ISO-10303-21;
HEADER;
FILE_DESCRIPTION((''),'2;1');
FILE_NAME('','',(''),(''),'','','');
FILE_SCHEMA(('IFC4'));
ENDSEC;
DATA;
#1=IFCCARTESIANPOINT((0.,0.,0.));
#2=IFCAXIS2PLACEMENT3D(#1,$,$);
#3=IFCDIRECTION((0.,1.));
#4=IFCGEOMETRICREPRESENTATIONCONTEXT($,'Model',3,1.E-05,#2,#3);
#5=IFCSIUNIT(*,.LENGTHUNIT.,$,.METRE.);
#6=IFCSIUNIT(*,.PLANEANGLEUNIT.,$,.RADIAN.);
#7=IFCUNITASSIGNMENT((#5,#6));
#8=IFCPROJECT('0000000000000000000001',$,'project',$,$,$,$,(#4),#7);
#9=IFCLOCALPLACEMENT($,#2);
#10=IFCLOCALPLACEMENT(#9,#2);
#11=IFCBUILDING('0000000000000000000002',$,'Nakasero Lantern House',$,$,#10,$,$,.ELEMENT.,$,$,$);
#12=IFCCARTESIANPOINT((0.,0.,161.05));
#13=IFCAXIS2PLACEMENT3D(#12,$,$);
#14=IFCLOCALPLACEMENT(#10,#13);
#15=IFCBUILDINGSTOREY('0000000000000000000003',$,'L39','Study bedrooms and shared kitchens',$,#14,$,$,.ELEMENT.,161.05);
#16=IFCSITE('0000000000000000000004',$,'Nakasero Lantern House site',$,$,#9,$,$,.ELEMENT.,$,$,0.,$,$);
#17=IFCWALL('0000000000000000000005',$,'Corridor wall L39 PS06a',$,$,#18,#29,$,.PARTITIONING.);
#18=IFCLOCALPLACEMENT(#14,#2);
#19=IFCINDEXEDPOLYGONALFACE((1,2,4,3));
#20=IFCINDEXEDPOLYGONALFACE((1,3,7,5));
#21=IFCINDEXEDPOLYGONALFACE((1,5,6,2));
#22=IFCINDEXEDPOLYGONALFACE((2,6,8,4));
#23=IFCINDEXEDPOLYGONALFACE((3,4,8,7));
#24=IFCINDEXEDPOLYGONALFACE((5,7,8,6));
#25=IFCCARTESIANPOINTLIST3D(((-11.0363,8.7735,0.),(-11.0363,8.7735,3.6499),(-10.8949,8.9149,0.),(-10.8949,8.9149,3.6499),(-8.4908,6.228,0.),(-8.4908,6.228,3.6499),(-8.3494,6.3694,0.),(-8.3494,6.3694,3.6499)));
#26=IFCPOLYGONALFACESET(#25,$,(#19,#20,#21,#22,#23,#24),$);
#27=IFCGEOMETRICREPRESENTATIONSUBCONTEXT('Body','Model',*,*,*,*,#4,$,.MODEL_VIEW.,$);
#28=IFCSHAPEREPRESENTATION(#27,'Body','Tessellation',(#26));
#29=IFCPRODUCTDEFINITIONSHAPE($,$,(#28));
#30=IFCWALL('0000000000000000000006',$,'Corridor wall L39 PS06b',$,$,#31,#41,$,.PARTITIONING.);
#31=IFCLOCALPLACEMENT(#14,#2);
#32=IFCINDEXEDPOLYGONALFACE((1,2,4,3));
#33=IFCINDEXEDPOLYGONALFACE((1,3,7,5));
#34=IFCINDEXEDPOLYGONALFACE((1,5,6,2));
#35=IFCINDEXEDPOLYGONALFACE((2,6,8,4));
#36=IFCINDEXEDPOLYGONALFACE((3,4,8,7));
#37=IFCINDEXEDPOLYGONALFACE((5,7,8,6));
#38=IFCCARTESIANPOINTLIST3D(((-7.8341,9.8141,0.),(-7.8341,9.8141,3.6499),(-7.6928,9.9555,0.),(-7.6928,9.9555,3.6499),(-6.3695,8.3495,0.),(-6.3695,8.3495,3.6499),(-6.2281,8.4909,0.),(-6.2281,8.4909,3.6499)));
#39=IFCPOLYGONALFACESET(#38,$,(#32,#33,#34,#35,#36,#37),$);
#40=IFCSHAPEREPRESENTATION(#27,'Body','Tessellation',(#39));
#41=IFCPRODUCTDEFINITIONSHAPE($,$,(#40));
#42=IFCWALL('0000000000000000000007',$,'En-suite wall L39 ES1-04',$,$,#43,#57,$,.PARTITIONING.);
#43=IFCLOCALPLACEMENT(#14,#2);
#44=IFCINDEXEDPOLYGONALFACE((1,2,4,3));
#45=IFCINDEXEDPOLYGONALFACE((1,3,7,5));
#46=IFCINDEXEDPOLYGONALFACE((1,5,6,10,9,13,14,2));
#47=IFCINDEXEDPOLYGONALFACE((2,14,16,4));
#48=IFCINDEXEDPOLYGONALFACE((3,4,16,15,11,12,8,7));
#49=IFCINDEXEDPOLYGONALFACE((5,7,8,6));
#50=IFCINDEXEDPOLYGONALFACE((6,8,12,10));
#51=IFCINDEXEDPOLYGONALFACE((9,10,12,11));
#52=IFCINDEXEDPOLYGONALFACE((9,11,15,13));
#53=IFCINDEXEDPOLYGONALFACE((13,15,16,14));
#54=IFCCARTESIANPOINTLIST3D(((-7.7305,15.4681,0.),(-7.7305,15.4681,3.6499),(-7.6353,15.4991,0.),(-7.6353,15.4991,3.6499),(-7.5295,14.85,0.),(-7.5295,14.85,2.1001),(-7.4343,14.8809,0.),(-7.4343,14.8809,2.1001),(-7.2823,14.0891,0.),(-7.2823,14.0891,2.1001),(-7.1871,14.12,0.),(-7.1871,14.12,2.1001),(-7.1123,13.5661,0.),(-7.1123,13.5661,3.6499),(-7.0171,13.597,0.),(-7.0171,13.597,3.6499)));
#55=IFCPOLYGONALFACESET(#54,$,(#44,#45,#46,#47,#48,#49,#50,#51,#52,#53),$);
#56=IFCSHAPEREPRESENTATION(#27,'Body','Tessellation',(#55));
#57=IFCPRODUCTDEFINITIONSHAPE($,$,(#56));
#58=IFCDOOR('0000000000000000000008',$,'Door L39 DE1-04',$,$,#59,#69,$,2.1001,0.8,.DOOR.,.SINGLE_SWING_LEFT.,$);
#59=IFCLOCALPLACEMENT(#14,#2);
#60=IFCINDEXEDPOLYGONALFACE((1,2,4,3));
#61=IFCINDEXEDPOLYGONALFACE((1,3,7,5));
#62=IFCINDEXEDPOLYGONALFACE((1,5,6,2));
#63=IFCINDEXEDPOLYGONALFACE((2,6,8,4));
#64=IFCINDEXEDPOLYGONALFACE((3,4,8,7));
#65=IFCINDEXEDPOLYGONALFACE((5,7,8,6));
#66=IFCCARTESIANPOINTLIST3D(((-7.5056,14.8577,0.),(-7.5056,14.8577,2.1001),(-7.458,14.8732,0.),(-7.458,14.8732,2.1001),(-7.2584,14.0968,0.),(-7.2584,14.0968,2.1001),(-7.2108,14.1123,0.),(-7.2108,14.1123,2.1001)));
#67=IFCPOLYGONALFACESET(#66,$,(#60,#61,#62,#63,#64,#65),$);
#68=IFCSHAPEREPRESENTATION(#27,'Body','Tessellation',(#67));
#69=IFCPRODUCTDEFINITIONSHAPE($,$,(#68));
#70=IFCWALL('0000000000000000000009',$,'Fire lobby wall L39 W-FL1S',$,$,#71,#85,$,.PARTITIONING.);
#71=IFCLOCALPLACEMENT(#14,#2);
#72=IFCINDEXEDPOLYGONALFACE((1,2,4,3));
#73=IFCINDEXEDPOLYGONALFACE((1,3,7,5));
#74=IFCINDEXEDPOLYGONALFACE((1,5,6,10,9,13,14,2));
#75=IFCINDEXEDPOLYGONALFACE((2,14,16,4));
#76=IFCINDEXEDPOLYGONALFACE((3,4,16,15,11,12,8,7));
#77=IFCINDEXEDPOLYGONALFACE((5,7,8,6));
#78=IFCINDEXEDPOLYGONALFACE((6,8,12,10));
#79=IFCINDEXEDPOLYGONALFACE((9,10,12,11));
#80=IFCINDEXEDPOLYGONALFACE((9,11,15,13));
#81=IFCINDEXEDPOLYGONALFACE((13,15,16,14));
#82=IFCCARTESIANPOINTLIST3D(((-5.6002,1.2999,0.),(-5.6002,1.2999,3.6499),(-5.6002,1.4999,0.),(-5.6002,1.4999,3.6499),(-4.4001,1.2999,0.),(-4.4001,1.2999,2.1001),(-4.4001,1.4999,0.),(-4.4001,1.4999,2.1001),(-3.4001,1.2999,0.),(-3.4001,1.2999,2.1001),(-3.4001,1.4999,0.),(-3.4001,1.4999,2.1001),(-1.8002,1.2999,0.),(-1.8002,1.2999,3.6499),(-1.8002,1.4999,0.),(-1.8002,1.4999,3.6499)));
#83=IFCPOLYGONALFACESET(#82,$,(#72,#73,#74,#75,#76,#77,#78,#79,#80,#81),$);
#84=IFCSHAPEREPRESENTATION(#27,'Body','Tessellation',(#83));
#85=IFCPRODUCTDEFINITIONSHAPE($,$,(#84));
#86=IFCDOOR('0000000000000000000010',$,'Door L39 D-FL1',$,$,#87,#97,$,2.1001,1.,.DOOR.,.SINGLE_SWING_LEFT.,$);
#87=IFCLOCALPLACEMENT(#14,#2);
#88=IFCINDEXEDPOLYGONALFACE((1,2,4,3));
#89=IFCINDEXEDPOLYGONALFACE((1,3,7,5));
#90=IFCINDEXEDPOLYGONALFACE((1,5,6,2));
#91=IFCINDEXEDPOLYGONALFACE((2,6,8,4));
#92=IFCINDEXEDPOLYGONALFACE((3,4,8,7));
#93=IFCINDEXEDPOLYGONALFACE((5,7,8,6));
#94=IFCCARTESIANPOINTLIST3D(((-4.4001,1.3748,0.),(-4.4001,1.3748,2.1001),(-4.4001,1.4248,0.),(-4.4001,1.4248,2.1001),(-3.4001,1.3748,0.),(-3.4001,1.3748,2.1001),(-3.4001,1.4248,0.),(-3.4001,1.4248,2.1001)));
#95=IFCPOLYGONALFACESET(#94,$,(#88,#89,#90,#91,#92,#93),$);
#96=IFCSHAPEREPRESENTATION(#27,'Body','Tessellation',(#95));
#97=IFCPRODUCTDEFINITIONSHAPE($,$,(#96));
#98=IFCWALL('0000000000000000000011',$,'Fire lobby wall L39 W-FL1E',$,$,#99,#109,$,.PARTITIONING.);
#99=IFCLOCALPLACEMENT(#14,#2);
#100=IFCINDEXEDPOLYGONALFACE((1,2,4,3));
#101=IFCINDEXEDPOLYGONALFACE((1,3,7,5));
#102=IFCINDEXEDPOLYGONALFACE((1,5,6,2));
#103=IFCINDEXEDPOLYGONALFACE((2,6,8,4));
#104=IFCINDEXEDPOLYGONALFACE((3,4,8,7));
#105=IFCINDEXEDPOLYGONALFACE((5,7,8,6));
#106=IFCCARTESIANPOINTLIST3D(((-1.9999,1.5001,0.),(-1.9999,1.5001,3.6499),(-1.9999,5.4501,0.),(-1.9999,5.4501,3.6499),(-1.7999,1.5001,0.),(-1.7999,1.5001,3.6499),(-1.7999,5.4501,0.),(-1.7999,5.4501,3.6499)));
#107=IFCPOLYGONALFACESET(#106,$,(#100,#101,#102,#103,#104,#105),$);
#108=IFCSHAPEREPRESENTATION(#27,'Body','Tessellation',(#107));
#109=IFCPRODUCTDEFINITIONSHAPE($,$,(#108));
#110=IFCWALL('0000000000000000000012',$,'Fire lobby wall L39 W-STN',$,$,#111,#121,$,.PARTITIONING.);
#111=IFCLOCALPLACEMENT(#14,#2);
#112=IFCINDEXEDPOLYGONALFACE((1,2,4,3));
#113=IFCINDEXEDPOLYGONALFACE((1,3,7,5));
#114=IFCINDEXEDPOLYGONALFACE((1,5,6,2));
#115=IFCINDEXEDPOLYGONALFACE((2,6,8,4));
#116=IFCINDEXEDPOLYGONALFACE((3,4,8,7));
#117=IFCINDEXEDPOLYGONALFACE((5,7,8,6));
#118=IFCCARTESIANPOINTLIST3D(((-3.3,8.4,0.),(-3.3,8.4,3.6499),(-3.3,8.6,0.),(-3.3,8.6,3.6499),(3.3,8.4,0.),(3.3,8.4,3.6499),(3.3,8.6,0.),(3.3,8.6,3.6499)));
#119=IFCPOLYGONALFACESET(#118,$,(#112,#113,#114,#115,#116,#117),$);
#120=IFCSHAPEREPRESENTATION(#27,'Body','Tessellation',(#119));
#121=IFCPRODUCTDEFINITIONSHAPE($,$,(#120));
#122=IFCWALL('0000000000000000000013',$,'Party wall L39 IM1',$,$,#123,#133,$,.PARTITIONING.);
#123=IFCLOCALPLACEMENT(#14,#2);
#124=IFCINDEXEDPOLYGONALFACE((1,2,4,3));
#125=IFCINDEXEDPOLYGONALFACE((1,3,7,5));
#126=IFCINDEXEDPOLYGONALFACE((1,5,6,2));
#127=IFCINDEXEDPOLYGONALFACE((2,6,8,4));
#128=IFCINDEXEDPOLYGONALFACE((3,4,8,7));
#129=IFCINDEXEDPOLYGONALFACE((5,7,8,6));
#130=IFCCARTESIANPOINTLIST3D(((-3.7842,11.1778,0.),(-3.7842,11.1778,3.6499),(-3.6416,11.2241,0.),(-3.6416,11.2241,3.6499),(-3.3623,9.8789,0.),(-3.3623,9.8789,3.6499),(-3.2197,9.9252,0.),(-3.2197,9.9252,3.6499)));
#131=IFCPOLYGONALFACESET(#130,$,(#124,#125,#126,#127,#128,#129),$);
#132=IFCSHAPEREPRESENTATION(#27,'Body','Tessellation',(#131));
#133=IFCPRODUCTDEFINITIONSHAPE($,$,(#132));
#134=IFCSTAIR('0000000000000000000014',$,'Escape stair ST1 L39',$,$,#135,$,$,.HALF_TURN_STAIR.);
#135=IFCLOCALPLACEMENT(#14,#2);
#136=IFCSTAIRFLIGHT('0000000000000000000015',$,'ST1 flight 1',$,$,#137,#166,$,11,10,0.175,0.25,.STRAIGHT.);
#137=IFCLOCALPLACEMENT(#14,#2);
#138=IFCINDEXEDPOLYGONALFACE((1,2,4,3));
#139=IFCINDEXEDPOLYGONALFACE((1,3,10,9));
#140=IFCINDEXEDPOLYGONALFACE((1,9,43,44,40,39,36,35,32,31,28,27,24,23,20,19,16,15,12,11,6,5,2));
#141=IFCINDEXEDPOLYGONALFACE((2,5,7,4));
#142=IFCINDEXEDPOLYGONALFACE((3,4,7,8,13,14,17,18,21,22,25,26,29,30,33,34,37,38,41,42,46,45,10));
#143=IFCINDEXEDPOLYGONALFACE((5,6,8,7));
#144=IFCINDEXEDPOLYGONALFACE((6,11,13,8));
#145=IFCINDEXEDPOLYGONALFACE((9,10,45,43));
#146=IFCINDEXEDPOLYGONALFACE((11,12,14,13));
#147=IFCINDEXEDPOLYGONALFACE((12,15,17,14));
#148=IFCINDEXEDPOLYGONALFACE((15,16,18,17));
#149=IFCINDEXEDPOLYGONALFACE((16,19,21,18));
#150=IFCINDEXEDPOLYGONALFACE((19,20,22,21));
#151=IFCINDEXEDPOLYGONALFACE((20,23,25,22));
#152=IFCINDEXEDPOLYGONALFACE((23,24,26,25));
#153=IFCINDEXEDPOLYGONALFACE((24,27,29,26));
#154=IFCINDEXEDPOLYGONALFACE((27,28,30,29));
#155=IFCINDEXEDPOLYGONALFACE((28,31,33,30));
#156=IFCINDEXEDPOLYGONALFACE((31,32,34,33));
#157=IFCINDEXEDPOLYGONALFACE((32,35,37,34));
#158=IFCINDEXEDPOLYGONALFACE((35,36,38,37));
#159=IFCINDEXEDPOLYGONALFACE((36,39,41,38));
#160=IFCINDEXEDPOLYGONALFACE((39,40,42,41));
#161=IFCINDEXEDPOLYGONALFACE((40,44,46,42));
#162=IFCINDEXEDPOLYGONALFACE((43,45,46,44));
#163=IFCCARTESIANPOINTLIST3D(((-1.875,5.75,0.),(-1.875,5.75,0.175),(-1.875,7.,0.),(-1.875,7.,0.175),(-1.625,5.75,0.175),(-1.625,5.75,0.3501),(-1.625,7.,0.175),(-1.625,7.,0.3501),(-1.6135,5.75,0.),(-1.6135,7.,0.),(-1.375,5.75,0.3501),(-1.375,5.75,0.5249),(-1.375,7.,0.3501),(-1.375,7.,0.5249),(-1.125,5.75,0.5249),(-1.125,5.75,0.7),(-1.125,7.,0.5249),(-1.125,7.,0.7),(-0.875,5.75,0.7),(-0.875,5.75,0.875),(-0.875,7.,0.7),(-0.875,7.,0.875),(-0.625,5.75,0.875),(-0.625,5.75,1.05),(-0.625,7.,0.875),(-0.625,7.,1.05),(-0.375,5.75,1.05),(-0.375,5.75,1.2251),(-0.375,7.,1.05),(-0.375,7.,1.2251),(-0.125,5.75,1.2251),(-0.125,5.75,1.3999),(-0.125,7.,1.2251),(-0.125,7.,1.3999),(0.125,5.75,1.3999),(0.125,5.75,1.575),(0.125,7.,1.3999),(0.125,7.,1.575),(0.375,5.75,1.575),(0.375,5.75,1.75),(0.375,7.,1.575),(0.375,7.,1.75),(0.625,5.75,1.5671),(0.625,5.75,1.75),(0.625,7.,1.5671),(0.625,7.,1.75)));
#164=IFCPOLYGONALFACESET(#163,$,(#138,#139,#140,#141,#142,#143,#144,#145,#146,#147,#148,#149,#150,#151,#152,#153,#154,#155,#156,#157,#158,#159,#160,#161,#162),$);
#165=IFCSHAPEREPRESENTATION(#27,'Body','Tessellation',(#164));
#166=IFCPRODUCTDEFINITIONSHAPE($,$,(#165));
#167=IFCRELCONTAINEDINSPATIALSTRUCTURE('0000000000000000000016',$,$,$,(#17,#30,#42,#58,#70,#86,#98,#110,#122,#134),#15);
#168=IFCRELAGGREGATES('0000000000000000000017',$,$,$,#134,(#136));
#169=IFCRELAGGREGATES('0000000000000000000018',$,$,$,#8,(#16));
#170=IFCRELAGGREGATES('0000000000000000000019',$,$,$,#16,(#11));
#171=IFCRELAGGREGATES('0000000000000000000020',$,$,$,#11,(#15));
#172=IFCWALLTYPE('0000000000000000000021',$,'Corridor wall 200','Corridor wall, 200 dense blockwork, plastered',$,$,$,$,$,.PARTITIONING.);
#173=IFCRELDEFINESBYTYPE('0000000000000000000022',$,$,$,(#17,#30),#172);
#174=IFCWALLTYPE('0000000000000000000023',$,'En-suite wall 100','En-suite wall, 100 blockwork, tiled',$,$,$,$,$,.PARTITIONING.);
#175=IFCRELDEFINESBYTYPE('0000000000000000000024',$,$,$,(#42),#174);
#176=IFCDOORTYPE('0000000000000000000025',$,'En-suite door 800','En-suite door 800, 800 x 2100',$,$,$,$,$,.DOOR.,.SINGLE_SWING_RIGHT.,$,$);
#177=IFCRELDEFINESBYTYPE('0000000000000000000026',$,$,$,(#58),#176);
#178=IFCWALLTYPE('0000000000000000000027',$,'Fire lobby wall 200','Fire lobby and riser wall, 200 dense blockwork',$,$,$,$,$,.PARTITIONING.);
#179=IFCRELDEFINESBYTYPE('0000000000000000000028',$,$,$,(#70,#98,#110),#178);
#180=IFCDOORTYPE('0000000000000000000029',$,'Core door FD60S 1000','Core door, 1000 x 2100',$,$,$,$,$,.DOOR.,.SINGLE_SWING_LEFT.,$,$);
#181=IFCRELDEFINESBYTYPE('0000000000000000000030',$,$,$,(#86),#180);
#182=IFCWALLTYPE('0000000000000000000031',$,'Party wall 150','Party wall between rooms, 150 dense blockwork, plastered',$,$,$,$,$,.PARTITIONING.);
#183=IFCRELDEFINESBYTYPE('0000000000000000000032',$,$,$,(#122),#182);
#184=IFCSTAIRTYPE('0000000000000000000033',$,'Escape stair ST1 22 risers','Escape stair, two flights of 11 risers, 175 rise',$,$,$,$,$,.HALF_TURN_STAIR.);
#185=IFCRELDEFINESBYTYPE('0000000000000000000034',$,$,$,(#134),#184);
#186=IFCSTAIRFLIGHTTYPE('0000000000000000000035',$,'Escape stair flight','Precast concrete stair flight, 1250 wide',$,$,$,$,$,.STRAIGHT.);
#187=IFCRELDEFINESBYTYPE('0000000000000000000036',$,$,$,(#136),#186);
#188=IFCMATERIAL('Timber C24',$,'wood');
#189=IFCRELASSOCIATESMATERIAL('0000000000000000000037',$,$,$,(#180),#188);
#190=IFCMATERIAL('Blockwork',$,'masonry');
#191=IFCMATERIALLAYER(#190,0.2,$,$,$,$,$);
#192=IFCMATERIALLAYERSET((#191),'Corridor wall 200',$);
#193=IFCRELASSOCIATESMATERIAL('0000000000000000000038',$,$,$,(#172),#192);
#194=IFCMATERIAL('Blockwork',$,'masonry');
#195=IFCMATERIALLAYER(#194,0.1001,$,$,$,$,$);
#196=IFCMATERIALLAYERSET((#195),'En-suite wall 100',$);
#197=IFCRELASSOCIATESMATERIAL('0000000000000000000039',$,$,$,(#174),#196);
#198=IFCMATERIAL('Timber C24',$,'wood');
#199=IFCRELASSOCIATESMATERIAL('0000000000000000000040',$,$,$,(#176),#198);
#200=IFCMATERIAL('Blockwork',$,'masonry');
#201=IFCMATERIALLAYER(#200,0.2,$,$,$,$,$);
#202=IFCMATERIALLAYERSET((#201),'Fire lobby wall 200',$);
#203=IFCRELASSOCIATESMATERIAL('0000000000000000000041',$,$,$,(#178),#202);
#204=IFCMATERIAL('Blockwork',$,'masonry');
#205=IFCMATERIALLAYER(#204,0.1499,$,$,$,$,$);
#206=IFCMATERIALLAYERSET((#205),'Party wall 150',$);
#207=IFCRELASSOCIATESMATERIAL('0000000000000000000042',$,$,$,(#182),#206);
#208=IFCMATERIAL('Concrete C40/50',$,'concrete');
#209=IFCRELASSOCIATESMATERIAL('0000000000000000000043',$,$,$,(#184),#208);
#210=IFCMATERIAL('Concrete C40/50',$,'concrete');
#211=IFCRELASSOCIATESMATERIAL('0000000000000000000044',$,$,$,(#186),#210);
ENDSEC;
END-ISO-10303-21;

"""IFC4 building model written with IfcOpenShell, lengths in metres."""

from ifc_helpers import new_model, si_unit, direction, frame, frame_2d, origin, place, context, subcontext, project, spatial, polyline, rectangle, outline, extrude, material, layer, layer_set, type_object, element, fill, aggregate, save


model = new_model("IFC4")

# Units and contexts
model_context = context("Model", 3, precision=1e-05, world=origin(), true_north=direction((0.0, 1.0)))
body_context = subcontext(model_context, "Body", "Model", "MODEL_VIEW")
ifc_project = project(units=[si_unit("LENGTHUNIT", "METRE"), si_unit("PLANEANGLEUNIT", "RADIAN")], contexts=[model_context])

# Site, building, storey
site_placement = place(None, origin())
site = spatial("IfcSite", under=ifc_project, at=site_placement, Name="Nakasero Lantern House site", CompositionType="ELEMENT", RefElevation=0.0)
building_placement = place(site_placement, origin())
building = spatial("IfcBuilding", under=site, at=building_placement, Name="Nakasero Lantern House", CompositionType="ELEMENT")
storey_placement = place(building_placement, frame((0.0, 0.0, 161.05)))
storey = spatial("IfcBuildingStorey", under=building, at=storey_placement, Name="L39", Description="Study bedrooms and shared kitchens", CompositionType="ELEMENT", Elevation=161.05)

# Shared definitions
ifc_material_1 = material(Name="Timber C24", Category="wood")
door_type_1 = type_object("IfcDoorType", Name="Core door FD60S 1000", Description="Core door, 1000 x 2100", OperationType="SINGLE_SWING_LEFT", PredefinedType="DOOR", material=ifc_material_1)

# Walls
ifc_material_2 = material(Name="Blockwork", Category="masonry")
ifc_layer_1 = layer(ifc_material_2, 0.2)
ifc_layer_set_1 = layer_set([ifc_layer_1], Name="Corridor wall 200")
wall_type_1 = type_object("IfcWallType", Name="Corridor wall 200", Description="Corridor wall, 200 dense blockwork, plastered", PredefinedType="PARTITIONING", material=ifc_layer_set_1)
wall_1_placement = place(storey_placement, frame((-8.4202, 6.2988, 0.0), z_axis=(0.0, 0.0, 1.0), x_axis=(-0.707107, 0.707107, 0.0)))
element("IfcWall", 1, at=wall_1_placement, inside=storey, type_object=wall_type_1, Name="Corridor wall L39 PS06a", PredefinedType="PARTITIONING", context=body_context, shape_type="SweptSolid", body=[
    extrude(rectangle(XDim=3.5999, YDim=0.2, at=frame_2d((1.7998, 0.0))), origin(), (0.0, 0.0, 1.0), 3.6499),
])
wall_2_placement = place(storey_placement, frame((-6.2988, 8.4202, 0.0), z_axis=(0.0, 0.0, 1.0), x_axis=(-0.707107, 0.707107, 0.0)))
element("IfcWall", 2, at=wall_2_placement, inside=storey, type_object=wall_type_1, Name="Corridor wall L39 PS06b", PredefinedType="PARTITIONING", context=body_context, shape_type="SweptSolid", body=[
    extrude(rectangle(XDim=2.0713, YDim=0.2, at=frame_2d((1.0356, 0.0))), origin(), (0.0, 0.0, 1.0), 3.6499),
])

# Walls, openings, doors
ifc_material_3 = material(Name="Blockwork", Category="masonry")
ifc_layer_2 = layer(ifc_material_3, 0.1001)
ifc_layer_set_2 = layer_set([ifc_layer_2], Name="En-suite wall 100")
wall_type_2 = type_object("IfcWallType", Name="En-suite wall 100", Description="En-suite wall, 100 blockwork, tiled", PredefinedType="PARTITIONING", material=ifc_layer_set_2)
wall_3_placement = place(storey_placement, frame((-7.0647, 13.5815, 0.0), z_axis=(0.0, 0.0, 1.0), x_axis=(-0.309078, 0.951037, 0.0)))
wall_3 = element("IfcWall", 3, at=wall_3_placement, inside=storey, type_object=wall_type_2, Name="En-suite wall L39 ES1-04", PredefinedType="PARTITIONING", context=body_context, shape_type="SweptSolid", body=[
    extrude(rectangle(XDim=2.0, YDim=0.1001, at=frame_2d((1.0, 0.0))), origin(), (0.0, 0.0, 1.0), 3.6499),
])
opening_1_placement = place(wall_3_placement, frame((0.55, 0.0, 0.0)))
opening_1 = element("IfcOpeningElement", 4, at=opening_1_placement, cuts=wall_3, PredefinedType="OPENING", context=body_context, shape_type="SweptSolid", body=[
    extrude(rectangle(XDim=0.8, YDim=2.1001, at=frame_2d((0.3999, 1.05))), frame((0.0, 0.0701, 0.0), z_axis=(0.0, -1.0, 0.0), x_axis=(1.0, 0.0, 0.0)), (0.0, 0.0, 1.0), 0.1401),
])
ifc_material_4 = material(Name="Timber C24", Category="wood")
door_type_2 = type_object("IfcDoorType", Name="En-suite door 800", Description="En-suite door 800, 800 x 2100", OperationType="SINGLE_SWING_RIGHT", PredefinedType="DOOR", material=ifc_material_4)
door_1_placement = place(opening_1_placement, origin())
door_1 = element("IfcDoor", 5, at=door_1_placement, inside=storey, type_object=door_type_2, Name="Door L39 DE1-04", OperationType="SINGLE_SWING_LEFT", OverallHeight=2.1001, OverallWidth=0.8, PredefinedType="DOOR", context=body_context, shape_type="SweptSolid", body=[
    extrude(rectangle(XDim=0.8, YDim=2.1001, at=frame_2d((0.3999, 1.05))), frame((0.0, 0.0249, 0.0), z_axis=(0.0, -1.0, 0.0), x_axis=(1.0, 0.0, 0.0)), (0.0, 0.0, 1.0), 0.05),
])
fill(opening_1, door_1)
ifc_material_5 = material(Name="Blockwork", Category="masonry")
ifc_layer_3 = layer(ifc_material_5, 0.2)
ifc_layer_set_3 = layer_set([ifc_layer_3], Name="Fire lobby wall 200")
wall_type_3 = type_object("IfcWallType", Name="Fire lobby wall 200", Description="Fire lobby and riser wall, 200 dense blockwork", PredefinedType="PARTITIONING", material=ifc_layer_set_3)
wall_4_placement = place(storey_placement, frame((-5.6001, 1.3999, 0.0), z_axis=(0.0, 0.0, 1.0), x_axis=(1.0, 0.0, 0.0)))
wall_4 = element("IfcWall", 6, at=wall_4_placement, inside=storey, type_object=wall_type_3, Name="Fire lobby wall L39 W-FL1S", PredefinedType="PARTITIONING", context=body_context, shape_type="SweptSolid", body=[
    extrude(rectangle(XDim=3.8, YDim=0.2, at=frame_2d((1.8999, 0.0))), origin(), (0.0, 0.0, 1.0), 3.6499),
])
opening_2_placement = place(wall_4_placement, frame((1.2, 0.0, 0.0)))
opening_2 = element("IfcOpeningElement", 7, at=opening_2_placement, cuts=wall_4, PredefinedType="OPENING", context=body_context, shape_type="SweptSolid", body=[
    extrude(rectangle(XDim=1.0, YDim=2.1001, at=frame_2d((0.5, 1.05))), frame((0.0, 0.1199, 0.0), z_axis=(0.0, -1.0, 0.0), x_axis=(1.0, 0.0, 0.0)), (0.0, 0.0, 1.0), 0.24),
])
door_2_placement = place(opening_2_placement, origin())
door_2 = element("IfcDoor", 8, at=door_2_placement, inside=storey, type_object=door_type_1, Name="Door L39 D-FL1", OperationType="SINGLE_SWING_LEFT", OverallHeight=2.1001, OverallWidth=1.0, PredefinedType="DOOR", context=body_context, shape_type="SweptSolid", body=[
    extrude(rectangle(XDim=1.0, YDim=2.1001, at=frame_2d((0.5, 1.05))), frame((0.0, 0.0249, 0.0), z_axis=(0.0, -1.0, 0.0), x_axis=(1.0, 0.0, 0.0)), (0.0, 0.0, 1.0), 0.05),
])
fill(opening_2, door_2)

# Walls
wall_5_placement = place(storey_placement, frame((-1.8999, 1.5, 0.0), z_axis=(0.0, 0.0, 1.0), x_axis=(0.0, 1.0, 0.0)))
element("IfcWall", 9, at=wall_5_placement, inside=storey, type_object=wall_type_3, Name="Fire lobby wall L39 W-FL1E", PredefinedType="PARTITIONING", context=body_context, shape_type="SweptSolid", body=[
    extrude(rectangle(XDim=3.95, YDim=0.2, at=frame_2d((1.9751, 0.0))), origin(), (0.0, 0.0, 1.0), 3.6499),
])
wall_6_placement = place(storey_placement, frame((-3.3, 8.5, 0.0), z_axis=(0.0, 0.0, 1.0), x_axis=(1.0, 0.0, 0.0)))
element("IfcWall", 10, at=wall_6_placement, inside=storey, type_object=wall_type_3, Name="Fire lobby wall L39 W-STN", PredefinedType="PARTITIONING", context=body_context, shape_type="SweptSolid", body=[
    extrude(rectangle(XDim=6.6001, YDim=0.2, at=frame_2d((3.3, 0.0))), origin(), (0.0, 0.0, 1.0), 3.6499),
])
ifc_material_6 = material(Name="Blockwork", Category="masonry")
ifc_layer_4 = layer(ifc_material_6, 0.1499)
ifc_layer_set_4 = layer_set([ifc_layer_4], Name="Party wall 150")
wall_type_4 = type_object("IfcWallType", Name="Party wall 150", Description="Party wall between rooms, 150 dense blockwork, plastered", PredefinedType="PARTITIONING", material=ifc_layer_set_4)
wall_7_placement = place(storey_placement, frame((-3.7129, 11.2009, 0.0), z_axis=(0.0, 0.0, 1.0), x_axis=(0.308924, -0.951087, 0.0)))
element("IfcWall", 11, at=wall_7_placement, inside=storey, type_object=wall_type_4, Name="Party wall L39 IM1", PredefinedType="PARTITIONING", context=body_context, shape_type="SweptSolid", body=[
    extrude(rectangle(XDim=1.3657, YDim=0.1499, at=frame_2d((0.6829, 0.0))), origin(), (0.0, 0.0, 1.0), 3.6499),
])

# Stair, stair flight
ifc_material_7 = material(Name="Concrete C40/50", Category="concrete")
stair_type = type_object("IfcStairType", Name="Escape stair ST1 22 risers", Description="Escape stair, two flights of 11 risers, 175 rise", PredefinedType="HALF_TURN_STAIR", material=ifc_material_7)
stair_placement = place(storey_placement, origin())
stair = element("IfcStair", 12, at=stair_placement, inside=storey, type_object=stair_type, Name="Escape stair ST1 L39", PredefinedType="HALF_TURN_STAIR")
ifc_material_8 = material(Name="Concrete C40/50", Category="concrete")
stair_flight_type = type_object("IfcStairFlightType", Name="Escape stair flight", Description="Precast concrete stair flight, 1250 wide", PredefinedType="STRAIGHT", material=ifc_material_8)
stair_flight_placement = place(storey_placement, frame((-1.875, 6.375, 0.0), z_axis=(0.0, 0.0, 1.0), x_axis=(1.0, 0.0, 0.0)))
stair_flight = element("IfcStairFlight", 13, at=stair_flight_placement, type_object=stair_flight_type, Name="ST1 flight 1", NumberOfRisers=11, NumberOfTreads=10, PredefinedType="STRAIGHT", RiserHeight=0.175, TreadLength=0.25, context=body_context, shape_type="SweptSolid", body=[
    extrude(outline(polyline([(0.0, 0.0), (0.0, 0.175), (0.25, 0.175), (0.25, 0.3501), (0.5, 0.3501), (0.5, 0.5249), (0.75, 0.5249), (0.75, 0.7), (1.0, 0.7), (1.0, 0.875), (1.25, 0.875), (1.25, 1.05), (1.5, 1.05), (1.5, 1.2251), (1.75, 1.2251), (1.75, 1.3999), (2.0, 1.3999), (2.0, 1.575), (2.25, 1.575), (2.25, 1.75), (2.5, 1.75), (2.5, 1.925), (2.5, 1.5671), (0.2615, 0.0), (0.0, 0.0)])), frame((0.0, 0.625, 0.0), z_axis=(0.0, -1.0, 0.0), x_axis=(1.0, 0.0, 0.0)), (0.0, 0.0, 1.0), 1.25),
])
aggregate(stair, [stair_flight])

save(model, "model.ifc")
